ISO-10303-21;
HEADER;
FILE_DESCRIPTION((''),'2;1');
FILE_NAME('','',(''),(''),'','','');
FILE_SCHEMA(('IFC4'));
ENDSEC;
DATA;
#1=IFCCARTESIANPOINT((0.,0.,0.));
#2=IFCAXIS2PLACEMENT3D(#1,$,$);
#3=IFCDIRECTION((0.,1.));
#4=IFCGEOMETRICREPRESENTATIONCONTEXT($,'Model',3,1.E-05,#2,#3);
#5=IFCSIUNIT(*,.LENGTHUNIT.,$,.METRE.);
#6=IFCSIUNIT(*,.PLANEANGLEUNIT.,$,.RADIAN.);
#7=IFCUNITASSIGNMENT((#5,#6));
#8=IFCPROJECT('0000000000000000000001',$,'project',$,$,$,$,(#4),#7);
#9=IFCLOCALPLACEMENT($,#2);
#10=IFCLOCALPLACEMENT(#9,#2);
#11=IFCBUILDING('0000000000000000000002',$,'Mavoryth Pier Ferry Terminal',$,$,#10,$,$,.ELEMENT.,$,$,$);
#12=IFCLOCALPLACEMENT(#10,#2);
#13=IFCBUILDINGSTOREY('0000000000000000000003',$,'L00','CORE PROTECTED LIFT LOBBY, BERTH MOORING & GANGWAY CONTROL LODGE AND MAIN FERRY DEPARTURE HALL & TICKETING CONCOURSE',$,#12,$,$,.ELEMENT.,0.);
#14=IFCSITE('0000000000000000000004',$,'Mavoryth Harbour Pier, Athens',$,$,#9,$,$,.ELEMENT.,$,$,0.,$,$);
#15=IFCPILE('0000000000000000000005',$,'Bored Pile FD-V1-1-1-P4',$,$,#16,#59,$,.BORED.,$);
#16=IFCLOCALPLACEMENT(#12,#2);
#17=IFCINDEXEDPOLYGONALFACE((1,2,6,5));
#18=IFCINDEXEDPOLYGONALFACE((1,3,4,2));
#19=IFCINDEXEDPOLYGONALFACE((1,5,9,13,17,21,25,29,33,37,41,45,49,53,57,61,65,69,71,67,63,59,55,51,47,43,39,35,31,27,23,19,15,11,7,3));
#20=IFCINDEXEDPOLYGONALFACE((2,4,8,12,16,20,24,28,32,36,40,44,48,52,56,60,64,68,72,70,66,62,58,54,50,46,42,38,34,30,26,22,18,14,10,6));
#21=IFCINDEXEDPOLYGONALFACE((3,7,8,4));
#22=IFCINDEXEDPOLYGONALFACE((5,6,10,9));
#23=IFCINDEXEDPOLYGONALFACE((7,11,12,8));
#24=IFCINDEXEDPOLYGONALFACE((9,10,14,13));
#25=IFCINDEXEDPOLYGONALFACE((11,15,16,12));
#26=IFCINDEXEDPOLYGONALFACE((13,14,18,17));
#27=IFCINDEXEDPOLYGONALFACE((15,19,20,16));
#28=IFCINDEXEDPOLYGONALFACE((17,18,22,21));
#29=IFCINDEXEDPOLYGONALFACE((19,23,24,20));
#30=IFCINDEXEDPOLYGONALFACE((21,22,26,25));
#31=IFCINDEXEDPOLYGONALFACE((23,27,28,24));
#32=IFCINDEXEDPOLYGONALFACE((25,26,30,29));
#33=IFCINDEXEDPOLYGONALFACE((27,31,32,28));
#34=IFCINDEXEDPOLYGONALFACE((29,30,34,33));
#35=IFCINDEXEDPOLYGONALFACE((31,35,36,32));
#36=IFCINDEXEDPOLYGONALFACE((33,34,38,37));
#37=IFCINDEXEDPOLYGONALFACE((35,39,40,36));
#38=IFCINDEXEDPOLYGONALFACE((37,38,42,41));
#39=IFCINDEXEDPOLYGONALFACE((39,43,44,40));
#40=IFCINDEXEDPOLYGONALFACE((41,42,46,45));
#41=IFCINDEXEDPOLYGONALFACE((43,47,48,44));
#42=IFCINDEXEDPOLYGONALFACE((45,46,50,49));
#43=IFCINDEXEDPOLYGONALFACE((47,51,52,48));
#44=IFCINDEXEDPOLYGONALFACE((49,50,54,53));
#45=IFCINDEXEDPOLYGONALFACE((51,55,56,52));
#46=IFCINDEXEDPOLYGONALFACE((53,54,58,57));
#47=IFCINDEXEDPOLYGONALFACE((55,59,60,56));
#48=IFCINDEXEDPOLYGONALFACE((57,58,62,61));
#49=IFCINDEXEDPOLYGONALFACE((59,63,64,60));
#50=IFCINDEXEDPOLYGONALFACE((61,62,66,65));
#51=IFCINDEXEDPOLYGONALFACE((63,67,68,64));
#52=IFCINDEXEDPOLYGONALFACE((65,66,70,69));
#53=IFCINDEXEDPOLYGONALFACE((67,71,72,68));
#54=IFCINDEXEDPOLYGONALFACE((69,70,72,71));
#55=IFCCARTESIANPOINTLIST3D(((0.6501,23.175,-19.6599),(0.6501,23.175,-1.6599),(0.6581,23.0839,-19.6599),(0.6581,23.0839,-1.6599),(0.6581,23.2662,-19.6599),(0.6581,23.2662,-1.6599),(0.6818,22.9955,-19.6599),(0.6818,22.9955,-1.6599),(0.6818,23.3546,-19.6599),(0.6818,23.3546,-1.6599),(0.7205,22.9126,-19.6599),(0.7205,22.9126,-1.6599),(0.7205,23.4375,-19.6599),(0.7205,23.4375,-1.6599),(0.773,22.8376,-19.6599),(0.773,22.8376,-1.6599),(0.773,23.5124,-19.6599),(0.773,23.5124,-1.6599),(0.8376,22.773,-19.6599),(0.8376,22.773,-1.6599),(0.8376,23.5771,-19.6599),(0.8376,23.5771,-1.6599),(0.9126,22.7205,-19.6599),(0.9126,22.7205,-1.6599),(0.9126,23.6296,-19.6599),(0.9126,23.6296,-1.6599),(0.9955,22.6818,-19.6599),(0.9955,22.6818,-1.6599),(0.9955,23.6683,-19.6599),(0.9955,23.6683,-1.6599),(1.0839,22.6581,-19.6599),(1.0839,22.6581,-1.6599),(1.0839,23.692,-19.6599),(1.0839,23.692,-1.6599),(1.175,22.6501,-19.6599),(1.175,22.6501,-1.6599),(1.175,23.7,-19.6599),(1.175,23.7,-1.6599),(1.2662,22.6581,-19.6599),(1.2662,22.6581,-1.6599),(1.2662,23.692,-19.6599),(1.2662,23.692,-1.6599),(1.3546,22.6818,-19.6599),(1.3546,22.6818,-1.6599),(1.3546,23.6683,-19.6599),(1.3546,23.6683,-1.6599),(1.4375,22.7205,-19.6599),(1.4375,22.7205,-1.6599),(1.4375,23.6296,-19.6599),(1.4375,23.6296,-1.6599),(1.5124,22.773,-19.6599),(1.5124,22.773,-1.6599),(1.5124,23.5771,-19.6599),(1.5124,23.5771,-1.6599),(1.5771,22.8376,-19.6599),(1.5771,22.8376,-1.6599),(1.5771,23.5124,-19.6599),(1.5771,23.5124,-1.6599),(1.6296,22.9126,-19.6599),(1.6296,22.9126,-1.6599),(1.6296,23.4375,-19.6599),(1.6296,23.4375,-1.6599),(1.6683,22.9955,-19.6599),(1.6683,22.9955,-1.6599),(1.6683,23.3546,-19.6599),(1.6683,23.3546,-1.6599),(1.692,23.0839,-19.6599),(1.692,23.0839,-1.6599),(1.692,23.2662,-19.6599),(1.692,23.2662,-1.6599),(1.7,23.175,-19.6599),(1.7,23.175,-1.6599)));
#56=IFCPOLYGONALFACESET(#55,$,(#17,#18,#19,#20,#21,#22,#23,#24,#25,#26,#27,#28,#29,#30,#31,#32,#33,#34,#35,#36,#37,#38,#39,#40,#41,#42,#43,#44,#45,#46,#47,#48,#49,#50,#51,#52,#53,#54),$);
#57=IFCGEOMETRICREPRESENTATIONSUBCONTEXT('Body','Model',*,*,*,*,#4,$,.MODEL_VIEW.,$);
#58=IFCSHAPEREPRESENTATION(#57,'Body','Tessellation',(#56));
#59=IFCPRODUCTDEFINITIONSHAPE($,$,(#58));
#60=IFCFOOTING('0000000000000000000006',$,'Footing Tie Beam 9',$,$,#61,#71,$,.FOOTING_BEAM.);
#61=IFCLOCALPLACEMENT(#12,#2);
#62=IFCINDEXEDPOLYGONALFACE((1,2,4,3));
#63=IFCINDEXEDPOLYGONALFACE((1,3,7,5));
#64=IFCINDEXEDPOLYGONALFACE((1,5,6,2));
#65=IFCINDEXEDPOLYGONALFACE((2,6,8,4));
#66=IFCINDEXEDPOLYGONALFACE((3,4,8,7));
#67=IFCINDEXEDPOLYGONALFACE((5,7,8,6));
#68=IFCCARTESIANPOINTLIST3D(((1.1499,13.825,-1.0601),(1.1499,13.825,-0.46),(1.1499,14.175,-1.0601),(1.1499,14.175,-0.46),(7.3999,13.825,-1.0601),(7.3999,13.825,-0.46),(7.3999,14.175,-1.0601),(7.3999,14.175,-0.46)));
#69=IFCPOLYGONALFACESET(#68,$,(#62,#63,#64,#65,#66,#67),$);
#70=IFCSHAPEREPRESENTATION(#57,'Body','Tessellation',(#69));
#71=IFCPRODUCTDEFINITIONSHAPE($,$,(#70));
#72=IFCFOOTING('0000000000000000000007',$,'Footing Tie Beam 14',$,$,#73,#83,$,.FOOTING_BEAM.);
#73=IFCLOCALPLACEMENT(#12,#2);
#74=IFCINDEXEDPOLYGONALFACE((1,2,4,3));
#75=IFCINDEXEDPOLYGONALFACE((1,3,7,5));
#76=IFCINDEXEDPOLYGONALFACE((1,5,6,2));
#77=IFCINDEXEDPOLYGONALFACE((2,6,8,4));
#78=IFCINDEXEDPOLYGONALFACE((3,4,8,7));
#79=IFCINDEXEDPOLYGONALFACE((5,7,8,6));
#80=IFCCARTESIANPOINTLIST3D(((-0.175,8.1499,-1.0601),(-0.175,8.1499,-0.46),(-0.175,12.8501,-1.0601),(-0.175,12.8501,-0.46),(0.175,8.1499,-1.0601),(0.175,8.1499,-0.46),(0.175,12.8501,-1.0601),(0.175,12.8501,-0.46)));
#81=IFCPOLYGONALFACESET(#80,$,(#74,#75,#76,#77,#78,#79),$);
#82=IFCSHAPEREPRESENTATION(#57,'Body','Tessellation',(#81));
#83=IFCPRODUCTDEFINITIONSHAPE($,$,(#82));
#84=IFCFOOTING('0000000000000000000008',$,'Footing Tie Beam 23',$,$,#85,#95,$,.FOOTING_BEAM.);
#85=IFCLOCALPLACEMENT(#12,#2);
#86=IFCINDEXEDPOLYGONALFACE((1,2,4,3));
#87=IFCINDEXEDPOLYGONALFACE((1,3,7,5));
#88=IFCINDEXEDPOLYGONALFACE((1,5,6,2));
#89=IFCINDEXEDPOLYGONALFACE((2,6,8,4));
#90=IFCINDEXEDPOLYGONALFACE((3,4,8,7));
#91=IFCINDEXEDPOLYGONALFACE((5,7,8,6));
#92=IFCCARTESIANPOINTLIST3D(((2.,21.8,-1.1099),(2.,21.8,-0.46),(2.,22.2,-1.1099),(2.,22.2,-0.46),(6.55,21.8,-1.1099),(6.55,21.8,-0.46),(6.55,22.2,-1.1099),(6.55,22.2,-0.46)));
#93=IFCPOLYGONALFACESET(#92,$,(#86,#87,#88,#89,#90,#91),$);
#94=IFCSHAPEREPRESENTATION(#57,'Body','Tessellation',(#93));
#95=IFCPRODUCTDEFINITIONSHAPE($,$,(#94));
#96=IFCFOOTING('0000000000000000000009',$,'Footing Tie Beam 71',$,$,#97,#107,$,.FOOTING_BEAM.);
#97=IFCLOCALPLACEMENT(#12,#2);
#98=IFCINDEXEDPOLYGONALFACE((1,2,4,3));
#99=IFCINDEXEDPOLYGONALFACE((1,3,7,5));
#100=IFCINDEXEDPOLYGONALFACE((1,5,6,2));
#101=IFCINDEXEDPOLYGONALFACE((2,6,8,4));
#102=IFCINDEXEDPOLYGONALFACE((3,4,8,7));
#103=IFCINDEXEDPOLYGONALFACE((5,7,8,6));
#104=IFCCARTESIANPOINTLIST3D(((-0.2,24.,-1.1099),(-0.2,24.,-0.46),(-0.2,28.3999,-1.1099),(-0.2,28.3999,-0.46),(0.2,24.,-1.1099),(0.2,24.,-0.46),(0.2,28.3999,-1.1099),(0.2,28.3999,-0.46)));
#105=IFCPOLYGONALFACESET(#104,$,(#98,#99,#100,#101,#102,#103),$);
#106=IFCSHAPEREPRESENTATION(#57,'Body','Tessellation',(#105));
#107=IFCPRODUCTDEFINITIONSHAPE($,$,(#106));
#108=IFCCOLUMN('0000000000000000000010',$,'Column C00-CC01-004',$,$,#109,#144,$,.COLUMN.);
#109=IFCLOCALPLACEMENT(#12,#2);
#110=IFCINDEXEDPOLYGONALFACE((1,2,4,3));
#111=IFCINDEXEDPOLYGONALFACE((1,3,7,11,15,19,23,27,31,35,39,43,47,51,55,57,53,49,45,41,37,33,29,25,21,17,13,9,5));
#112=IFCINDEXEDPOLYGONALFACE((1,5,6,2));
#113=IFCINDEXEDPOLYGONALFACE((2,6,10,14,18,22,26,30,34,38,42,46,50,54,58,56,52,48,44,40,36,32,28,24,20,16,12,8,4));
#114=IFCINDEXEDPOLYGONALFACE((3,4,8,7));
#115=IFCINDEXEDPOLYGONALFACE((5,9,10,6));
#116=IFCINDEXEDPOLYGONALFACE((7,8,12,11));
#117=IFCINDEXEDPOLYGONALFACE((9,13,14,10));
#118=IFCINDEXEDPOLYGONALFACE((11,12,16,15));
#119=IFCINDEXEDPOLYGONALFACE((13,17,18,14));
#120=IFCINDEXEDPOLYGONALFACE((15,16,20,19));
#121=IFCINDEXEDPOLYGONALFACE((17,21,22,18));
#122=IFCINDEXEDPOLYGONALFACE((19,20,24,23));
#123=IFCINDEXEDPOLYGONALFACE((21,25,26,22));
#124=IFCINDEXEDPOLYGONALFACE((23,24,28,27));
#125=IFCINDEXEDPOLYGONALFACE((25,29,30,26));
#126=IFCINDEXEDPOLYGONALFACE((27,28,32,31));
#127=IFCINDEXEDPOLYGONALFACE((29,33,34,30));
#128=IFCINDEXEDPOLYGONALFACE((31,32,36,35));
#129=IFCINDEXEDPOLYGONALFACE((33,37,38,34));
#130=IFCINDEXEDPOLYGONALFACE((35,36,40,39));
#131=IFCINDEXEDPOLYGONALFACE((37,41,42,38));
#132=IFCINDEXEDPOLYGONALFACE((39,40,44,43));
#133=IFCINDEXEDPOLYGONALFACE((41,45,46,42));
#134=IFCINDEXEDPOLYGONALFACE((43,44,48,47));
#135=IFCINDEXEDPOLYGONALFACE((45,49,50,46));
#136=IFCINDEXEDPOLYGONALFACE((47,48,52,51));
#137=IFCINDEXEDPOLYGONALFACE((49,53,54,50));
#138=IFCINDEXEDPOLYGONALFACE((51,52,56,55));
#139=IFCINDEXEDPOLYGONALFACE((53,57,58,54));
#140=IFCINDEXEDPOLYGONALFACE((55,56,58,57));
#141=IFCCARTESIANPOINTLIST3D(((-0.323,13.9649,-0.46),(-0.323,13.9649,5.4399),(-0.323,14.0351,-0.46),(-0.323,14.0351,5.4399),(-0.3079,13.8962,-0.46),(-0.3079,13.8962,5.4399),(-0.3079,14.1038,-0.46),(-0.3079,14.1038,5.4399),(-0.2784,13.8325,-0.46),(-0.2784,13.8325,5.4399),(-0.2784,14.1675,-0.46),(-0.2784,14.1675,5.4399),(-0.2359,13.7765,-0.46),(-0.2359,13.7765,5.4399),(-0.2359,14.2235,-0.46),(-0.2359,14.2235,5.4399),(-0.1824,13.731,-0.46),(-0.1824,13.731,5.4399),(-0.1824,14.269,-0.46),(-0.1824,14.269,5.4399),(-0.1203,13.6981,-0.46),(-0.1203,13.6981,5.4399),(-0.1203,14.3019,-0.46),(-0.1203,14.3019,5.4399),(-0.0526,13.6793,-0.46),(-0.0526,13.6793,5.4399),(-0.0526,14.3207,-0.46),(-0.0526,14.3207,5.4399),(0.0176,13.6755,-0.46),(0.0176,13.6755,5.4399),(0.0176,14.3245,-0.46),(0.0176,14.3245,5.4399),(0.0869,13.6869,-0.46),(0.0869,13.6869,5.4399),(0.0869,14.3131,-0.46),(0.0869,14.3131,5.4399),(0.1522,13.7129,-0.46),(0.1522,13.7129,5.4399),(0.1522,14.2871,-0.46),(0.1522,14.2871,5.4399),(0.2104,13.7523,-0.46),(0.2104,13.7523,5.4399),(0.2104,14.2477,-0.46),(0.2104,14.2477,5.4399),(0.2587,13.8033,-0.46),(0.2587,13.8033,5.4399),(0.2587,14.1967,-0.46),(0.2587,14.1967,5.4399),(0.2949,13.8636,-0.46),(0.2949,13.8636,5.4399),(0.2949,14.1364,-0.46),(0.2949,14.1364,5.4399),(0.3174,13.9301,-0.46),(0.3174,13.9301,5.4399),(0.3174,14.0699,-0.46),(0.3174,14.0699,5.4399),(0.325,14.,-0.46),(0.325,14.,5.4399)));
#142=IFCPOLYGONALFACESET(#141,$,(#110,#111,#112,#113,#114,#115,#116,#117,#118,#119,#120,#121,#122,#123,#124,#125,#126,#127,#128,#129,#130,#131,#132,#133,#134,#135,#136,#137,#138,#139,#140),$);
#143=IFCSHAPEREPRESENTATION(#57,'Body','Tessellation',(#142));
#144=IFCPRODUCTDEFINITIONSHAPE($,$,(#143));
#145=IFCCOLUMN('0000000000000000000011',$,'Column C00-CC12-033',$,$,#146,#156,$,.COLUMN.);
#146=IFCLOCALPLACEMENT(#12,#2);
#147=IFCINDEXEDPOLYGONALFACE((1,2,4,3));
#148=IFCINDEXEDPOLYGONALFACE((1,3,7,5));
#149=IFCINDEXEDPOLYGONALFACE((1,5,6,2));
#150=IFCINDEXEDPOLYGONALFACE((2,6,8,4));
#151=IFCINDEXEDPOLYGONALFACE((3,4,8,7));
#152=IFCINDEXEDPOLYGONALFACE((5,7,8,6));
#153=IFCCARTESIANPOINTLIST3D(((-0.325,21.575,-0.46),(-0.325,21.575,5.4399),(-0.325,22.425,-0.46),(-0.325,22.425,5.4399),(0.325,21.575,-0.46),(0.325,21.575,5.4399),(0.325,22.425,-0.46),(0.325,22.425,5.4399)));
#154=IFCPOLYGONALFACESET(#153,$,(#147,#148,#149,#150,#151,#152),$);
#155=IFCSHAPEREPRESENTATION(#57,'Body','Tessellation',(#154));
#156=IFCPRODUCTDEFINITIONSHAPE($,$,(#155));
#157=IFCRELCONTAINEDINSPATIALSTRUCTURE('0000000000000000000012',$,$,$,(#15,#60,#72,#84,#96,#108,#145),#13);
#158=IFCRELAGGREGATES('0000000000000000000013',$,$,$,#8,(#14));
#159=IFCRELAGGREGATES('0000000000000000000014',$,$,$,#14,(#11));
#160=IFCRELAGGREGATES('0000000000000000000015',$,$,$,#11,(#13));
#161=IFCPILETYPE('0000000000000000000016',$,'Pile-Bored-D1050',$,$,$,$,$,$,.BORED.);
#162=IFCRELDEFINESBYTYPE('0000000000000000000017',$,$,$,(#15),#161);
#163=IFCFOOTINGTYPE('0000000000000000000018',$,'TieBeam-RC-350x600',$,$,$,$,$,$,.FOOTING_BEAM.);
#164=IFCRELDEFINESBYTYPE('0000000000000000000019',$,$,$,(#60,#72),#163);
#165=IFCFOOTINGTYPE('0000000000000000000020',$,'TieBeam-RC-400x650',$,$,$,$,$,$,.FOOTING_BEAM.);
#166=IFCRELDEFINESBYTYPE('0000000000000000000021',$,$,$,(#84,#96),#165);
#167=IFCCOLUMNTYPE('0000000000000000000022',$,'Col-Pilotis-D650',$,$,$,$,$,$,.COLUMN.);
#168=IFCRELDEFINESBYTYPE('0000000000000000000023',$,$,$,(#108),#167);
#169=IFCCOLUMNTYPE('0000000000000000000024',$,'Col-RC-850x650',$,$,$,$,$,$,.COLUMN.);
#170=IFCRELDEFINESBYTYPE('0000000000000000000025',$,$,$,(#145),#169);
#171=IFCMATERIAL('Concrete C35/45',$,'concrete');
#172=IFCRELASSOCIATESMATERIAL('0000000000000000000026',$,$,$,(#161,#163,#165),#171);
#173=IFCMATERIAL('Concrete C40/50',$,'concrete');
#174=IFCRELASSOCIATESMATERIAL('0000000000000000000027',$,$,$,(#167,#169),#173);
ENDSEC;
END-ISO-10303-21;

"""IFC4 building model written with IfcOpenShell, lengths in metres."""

from ifc_helpers import new_model, si_unit, direction, frame, origin, origin_2d, place, context, subcontext, project, spatial, rectangle, circle, extrude, material, material_profile, profile_set, type_object, element, save


model = new_model("IFC4")

# Units and contexts
model_context = context("Model", 3, precision=1e-05, world=origin(), true_north=direction((0.0, 1.0)))
body_context = subcontext(model_context, "Body", "Model", "MODEL_VIEW")
ifc_project = project(units=[si_unit("LENGTHUNIT", "METRE"), si_unit("PLANEANGLEUNIT", "RADIAN")], contexts=[model_context])

# Site, building, storey
site_placement = place(None, origin())
site = spatial("IfcSite", under=ifc_project, at=site_placement, Name="Mavoryth Harbour Pier, Athens", CompositionType="ELEMENT", RefElevation=0.0)
building_placement = place(site_placement, origin())
building = spatial("IfcBuilding", under=site, at=building_placement, Name="Mavoryth Pier Ferry Terminal", CompositionType="ELEMENT")
storey_placement = place(building_placement, origin())
storey = spatial("IfcBuildingStorey", under=building, at=storey_placement, Name="L00", Description="CORE PROTECTED LIFT LOBBY, BERTH MOORING & GANGWAY CONTROL LODGE AND MAIN FERRY DEPARTURE HALL & TICKETING CONCOURSE", CompositionType="ELEMENT", Elevation=0.0)

# Shared definitions
ifc_material_1 = material(Name="Concrete C35/45", Category="concrete")

# Pile
ifc_material_profile_1 = material_profile(ifc_material_1, circle(Radius=0.5249, at=origin_2d()), Name="PILE D1050", Category="concrete")
ifc_profile_set_1 = profile_set([ifc_material_profile_1], Name="Concrete C35/45 - PILE D1050")
pile_type = type_object("IfcPileType", Name="Pile-Bored-D1050", PredefinedType="BORED", material=ifc_profile_set_1)
for number, where, z_axis, x_axis, name in (
    (1, (1.175, 23.175, -1.6599), (0.0, 0.0, -1.0), (1.0, 0.0, 0.0), "Bored Pile FD-V1-1-1-P4"),
):
    element("IfcPile", number, at=place(storey_placement, frame(where, z_axis=z_axis, x_axis=x_axis)), inside=storey, type_object=pile_type, Name=name, PredefinedType="BORED", context=body_context, shape_type="SweptSolid", body=[
        extrude(circle(Radius=0.5249, at=origin_2d()), origin(), (0.0, 0.0, 1.0), 18.0),
    ])

# Footings
ifc_material_profile_2 = material_profile(ifc_material_1, rectangle(XDim=0.3501, YDim=0.6001, at=origin_2d()), Name="RC 350x600", Category="concrete")
ifc_profile_set_2 = profile_set([ifc_material_profile_2], Name="Concrete C35/45 - RC 350x600")
footing_type_1 = type_object("IfcFootingType", Name="TieBeam-RC-350x600", PredefinedType="FOOTING_BEAM", material=ifc_profile_set_2)
footing_1_placement = place(storey_placement, frame((1.1499, 14.0, -0.76), z_axis=(1.0, 0.0, 0.0), x_axis=(0.0, 1.0, 0.0)))
element("IfcFooting", 2, at=footing_1_placement, inside=storey, type_object=footing_type_1, Name="Footing Tie Beam 9", PredefinedType="FOOTING_BEAM", context=body_context, shape_type="SweptSolid", body=[
    extrude(rectangle(XDim=0.3501, YDim=0.6001, at=origin_2d()), origin(), (0.0, 0.0, 1.0), 6.25),
])
footing_2_placement = place(storey_placement, frame((0.0, 8.1499, -0.76), z_axis=(0.0, 1.0, 0.0), x_axis=(-1.0, 0.0, 0.0)))
element("IfcFooting", 3, at=footing_2_placement, inside=storey, type_object=footing_type_1, Name="Footing Tie Beam 14", PredefinedType="FOOTING_BEAM", context=body_context, shape_type="SweptSolid", body=[
    extrude(rectangle(XDim=0.3501, YDim=0.6001, at=origin_2d()), origin(), (0.0, 0.0, 1.0), 4.7002),
])
ifc_material_profile_3 = material_profile(ifc_material_1, rectangle(XDim=0.3999, YDim=0.6499, at=origin_2d()), Name="RC 400x650", Category="concrete")
ifc_profile_set_3 = profile_set([ifc_material_profile_3], Name="Concrete C35/45 - RC 400x650")
footing_type_2 = type_object("IfcFootingType", Name="TieBeam-RC-400x650", PredefinedType="FOOTING_BEAM", material=ifc_profile_set_3)
footing_3_placement = place(storey_placement, frame((2.0, 22.0, -0.7849), z_axis=(1.0, 0.0, 0.0), x_axis=(0.0, 1.0, 0.0)))
element("IfcFooting", 4, at=footing_3_placement, inside=storey, type_object=footing_type_2, Name="Footing Tie Beam 23", PredefinedType="FOOTING_BEAM", context=body_context, shape_type="SweptSolid", body=[
    extrude(rectangle(XDim=0.3999, YDim=0.6499, at=origin_2d()), origin(), (0.0, 0.0, 1.0), 4.55),
])
footing_4_placement = place(storey_placement, frame((0.0, 24.0, -0.7849), z_axis=(0.0, 1.0, 0.0), x_axis=(-1.0, 0.0, 0.0)))
element("IfcFooting", 5, at=footing_4_placement, inside=storey, type_object=footing_type_2, Name="Footing Tie Beam 71", PredefinedType="FOOTING_BEAM", context=body_context, shape_type="SweptSolid", body=[
    extrude(rectangle(XDim=0.3999, YDim=0.6499, at=origin_2d()), origin(), (0.0, 0.0, 1.0), 4.3999),
])

# Columns
ifc_material_2 = material(Name="Concrete C40/50", Category="concrete")
ifc_material_profile_4 = material_profile(ifc_material_2, circle(Radius=0.325, at=origin_2d()), Name="RC D650", Category="concrete")
ifc_profile_set_4 = profile_set([ifc_material_profile_4], Name="Concrete C40/50 - RC D650")
column_type_1 = type_object("IfcColumnType", Name="Col-Pilotis-D650", PredefinedType="COLUMN", material=ifc_profile_set_4)
column_1_placement = place(storey_placement, frame((0.0, 14.0, -0.46), z_axis=(0.0, 0.0, 1.0), x_axis=(1.0, 0.0, 0.0)))
element("IfcColumn", 6, at=column_1_placement, inside=storey, type_object=column_type_1, Name="Column C00-CC01-004", PredefinedType="COLUMN", context=body_context, shape_type="SweptSolid", body=[
    extrude(circle(Radius=0.325, at=origin_2d()), origin(), (0.0, 0.0, 1.0), 5.8999),
])
ifc_material_profile_5 = material_profile(ifc_material_2, rectangle(XDim=0.6499, YDim=0.8501, at=origin_2d()), Name="RC 850x650", Category="concrete")
ifc_profile_set_5 = profile_set([ifc_material_profile_5], Name="Concrete C40/50 - RC 850x650")
column_type_2 = type_object("IfcColumnType", Name="Col-RC-850x650", PredefinedType="COLUMN", material=ifc_profile_set_5)
column_2_placement = place(storey_placement, frame((0.0, 22.0, -0.46), z_axis=(0.0, 0.0, 1.0), x_axis=(1.0, 0.0, 0.0)))
element("IfcColumn", 7, at=column_2_placement, inside=storey, type_object=column_type_2, Name="Column C00-CC12-033", PredefinedType="COLUMN", context=body_context, shape_type="SweptSolid", body=[
    extrude(rectangle(XDim=0.6499, YDim=0.8501, at=origin_2d()), origin(), (0.0, 0.0, 1.0), 5.8999),
])

save(model, "model.ifc")
